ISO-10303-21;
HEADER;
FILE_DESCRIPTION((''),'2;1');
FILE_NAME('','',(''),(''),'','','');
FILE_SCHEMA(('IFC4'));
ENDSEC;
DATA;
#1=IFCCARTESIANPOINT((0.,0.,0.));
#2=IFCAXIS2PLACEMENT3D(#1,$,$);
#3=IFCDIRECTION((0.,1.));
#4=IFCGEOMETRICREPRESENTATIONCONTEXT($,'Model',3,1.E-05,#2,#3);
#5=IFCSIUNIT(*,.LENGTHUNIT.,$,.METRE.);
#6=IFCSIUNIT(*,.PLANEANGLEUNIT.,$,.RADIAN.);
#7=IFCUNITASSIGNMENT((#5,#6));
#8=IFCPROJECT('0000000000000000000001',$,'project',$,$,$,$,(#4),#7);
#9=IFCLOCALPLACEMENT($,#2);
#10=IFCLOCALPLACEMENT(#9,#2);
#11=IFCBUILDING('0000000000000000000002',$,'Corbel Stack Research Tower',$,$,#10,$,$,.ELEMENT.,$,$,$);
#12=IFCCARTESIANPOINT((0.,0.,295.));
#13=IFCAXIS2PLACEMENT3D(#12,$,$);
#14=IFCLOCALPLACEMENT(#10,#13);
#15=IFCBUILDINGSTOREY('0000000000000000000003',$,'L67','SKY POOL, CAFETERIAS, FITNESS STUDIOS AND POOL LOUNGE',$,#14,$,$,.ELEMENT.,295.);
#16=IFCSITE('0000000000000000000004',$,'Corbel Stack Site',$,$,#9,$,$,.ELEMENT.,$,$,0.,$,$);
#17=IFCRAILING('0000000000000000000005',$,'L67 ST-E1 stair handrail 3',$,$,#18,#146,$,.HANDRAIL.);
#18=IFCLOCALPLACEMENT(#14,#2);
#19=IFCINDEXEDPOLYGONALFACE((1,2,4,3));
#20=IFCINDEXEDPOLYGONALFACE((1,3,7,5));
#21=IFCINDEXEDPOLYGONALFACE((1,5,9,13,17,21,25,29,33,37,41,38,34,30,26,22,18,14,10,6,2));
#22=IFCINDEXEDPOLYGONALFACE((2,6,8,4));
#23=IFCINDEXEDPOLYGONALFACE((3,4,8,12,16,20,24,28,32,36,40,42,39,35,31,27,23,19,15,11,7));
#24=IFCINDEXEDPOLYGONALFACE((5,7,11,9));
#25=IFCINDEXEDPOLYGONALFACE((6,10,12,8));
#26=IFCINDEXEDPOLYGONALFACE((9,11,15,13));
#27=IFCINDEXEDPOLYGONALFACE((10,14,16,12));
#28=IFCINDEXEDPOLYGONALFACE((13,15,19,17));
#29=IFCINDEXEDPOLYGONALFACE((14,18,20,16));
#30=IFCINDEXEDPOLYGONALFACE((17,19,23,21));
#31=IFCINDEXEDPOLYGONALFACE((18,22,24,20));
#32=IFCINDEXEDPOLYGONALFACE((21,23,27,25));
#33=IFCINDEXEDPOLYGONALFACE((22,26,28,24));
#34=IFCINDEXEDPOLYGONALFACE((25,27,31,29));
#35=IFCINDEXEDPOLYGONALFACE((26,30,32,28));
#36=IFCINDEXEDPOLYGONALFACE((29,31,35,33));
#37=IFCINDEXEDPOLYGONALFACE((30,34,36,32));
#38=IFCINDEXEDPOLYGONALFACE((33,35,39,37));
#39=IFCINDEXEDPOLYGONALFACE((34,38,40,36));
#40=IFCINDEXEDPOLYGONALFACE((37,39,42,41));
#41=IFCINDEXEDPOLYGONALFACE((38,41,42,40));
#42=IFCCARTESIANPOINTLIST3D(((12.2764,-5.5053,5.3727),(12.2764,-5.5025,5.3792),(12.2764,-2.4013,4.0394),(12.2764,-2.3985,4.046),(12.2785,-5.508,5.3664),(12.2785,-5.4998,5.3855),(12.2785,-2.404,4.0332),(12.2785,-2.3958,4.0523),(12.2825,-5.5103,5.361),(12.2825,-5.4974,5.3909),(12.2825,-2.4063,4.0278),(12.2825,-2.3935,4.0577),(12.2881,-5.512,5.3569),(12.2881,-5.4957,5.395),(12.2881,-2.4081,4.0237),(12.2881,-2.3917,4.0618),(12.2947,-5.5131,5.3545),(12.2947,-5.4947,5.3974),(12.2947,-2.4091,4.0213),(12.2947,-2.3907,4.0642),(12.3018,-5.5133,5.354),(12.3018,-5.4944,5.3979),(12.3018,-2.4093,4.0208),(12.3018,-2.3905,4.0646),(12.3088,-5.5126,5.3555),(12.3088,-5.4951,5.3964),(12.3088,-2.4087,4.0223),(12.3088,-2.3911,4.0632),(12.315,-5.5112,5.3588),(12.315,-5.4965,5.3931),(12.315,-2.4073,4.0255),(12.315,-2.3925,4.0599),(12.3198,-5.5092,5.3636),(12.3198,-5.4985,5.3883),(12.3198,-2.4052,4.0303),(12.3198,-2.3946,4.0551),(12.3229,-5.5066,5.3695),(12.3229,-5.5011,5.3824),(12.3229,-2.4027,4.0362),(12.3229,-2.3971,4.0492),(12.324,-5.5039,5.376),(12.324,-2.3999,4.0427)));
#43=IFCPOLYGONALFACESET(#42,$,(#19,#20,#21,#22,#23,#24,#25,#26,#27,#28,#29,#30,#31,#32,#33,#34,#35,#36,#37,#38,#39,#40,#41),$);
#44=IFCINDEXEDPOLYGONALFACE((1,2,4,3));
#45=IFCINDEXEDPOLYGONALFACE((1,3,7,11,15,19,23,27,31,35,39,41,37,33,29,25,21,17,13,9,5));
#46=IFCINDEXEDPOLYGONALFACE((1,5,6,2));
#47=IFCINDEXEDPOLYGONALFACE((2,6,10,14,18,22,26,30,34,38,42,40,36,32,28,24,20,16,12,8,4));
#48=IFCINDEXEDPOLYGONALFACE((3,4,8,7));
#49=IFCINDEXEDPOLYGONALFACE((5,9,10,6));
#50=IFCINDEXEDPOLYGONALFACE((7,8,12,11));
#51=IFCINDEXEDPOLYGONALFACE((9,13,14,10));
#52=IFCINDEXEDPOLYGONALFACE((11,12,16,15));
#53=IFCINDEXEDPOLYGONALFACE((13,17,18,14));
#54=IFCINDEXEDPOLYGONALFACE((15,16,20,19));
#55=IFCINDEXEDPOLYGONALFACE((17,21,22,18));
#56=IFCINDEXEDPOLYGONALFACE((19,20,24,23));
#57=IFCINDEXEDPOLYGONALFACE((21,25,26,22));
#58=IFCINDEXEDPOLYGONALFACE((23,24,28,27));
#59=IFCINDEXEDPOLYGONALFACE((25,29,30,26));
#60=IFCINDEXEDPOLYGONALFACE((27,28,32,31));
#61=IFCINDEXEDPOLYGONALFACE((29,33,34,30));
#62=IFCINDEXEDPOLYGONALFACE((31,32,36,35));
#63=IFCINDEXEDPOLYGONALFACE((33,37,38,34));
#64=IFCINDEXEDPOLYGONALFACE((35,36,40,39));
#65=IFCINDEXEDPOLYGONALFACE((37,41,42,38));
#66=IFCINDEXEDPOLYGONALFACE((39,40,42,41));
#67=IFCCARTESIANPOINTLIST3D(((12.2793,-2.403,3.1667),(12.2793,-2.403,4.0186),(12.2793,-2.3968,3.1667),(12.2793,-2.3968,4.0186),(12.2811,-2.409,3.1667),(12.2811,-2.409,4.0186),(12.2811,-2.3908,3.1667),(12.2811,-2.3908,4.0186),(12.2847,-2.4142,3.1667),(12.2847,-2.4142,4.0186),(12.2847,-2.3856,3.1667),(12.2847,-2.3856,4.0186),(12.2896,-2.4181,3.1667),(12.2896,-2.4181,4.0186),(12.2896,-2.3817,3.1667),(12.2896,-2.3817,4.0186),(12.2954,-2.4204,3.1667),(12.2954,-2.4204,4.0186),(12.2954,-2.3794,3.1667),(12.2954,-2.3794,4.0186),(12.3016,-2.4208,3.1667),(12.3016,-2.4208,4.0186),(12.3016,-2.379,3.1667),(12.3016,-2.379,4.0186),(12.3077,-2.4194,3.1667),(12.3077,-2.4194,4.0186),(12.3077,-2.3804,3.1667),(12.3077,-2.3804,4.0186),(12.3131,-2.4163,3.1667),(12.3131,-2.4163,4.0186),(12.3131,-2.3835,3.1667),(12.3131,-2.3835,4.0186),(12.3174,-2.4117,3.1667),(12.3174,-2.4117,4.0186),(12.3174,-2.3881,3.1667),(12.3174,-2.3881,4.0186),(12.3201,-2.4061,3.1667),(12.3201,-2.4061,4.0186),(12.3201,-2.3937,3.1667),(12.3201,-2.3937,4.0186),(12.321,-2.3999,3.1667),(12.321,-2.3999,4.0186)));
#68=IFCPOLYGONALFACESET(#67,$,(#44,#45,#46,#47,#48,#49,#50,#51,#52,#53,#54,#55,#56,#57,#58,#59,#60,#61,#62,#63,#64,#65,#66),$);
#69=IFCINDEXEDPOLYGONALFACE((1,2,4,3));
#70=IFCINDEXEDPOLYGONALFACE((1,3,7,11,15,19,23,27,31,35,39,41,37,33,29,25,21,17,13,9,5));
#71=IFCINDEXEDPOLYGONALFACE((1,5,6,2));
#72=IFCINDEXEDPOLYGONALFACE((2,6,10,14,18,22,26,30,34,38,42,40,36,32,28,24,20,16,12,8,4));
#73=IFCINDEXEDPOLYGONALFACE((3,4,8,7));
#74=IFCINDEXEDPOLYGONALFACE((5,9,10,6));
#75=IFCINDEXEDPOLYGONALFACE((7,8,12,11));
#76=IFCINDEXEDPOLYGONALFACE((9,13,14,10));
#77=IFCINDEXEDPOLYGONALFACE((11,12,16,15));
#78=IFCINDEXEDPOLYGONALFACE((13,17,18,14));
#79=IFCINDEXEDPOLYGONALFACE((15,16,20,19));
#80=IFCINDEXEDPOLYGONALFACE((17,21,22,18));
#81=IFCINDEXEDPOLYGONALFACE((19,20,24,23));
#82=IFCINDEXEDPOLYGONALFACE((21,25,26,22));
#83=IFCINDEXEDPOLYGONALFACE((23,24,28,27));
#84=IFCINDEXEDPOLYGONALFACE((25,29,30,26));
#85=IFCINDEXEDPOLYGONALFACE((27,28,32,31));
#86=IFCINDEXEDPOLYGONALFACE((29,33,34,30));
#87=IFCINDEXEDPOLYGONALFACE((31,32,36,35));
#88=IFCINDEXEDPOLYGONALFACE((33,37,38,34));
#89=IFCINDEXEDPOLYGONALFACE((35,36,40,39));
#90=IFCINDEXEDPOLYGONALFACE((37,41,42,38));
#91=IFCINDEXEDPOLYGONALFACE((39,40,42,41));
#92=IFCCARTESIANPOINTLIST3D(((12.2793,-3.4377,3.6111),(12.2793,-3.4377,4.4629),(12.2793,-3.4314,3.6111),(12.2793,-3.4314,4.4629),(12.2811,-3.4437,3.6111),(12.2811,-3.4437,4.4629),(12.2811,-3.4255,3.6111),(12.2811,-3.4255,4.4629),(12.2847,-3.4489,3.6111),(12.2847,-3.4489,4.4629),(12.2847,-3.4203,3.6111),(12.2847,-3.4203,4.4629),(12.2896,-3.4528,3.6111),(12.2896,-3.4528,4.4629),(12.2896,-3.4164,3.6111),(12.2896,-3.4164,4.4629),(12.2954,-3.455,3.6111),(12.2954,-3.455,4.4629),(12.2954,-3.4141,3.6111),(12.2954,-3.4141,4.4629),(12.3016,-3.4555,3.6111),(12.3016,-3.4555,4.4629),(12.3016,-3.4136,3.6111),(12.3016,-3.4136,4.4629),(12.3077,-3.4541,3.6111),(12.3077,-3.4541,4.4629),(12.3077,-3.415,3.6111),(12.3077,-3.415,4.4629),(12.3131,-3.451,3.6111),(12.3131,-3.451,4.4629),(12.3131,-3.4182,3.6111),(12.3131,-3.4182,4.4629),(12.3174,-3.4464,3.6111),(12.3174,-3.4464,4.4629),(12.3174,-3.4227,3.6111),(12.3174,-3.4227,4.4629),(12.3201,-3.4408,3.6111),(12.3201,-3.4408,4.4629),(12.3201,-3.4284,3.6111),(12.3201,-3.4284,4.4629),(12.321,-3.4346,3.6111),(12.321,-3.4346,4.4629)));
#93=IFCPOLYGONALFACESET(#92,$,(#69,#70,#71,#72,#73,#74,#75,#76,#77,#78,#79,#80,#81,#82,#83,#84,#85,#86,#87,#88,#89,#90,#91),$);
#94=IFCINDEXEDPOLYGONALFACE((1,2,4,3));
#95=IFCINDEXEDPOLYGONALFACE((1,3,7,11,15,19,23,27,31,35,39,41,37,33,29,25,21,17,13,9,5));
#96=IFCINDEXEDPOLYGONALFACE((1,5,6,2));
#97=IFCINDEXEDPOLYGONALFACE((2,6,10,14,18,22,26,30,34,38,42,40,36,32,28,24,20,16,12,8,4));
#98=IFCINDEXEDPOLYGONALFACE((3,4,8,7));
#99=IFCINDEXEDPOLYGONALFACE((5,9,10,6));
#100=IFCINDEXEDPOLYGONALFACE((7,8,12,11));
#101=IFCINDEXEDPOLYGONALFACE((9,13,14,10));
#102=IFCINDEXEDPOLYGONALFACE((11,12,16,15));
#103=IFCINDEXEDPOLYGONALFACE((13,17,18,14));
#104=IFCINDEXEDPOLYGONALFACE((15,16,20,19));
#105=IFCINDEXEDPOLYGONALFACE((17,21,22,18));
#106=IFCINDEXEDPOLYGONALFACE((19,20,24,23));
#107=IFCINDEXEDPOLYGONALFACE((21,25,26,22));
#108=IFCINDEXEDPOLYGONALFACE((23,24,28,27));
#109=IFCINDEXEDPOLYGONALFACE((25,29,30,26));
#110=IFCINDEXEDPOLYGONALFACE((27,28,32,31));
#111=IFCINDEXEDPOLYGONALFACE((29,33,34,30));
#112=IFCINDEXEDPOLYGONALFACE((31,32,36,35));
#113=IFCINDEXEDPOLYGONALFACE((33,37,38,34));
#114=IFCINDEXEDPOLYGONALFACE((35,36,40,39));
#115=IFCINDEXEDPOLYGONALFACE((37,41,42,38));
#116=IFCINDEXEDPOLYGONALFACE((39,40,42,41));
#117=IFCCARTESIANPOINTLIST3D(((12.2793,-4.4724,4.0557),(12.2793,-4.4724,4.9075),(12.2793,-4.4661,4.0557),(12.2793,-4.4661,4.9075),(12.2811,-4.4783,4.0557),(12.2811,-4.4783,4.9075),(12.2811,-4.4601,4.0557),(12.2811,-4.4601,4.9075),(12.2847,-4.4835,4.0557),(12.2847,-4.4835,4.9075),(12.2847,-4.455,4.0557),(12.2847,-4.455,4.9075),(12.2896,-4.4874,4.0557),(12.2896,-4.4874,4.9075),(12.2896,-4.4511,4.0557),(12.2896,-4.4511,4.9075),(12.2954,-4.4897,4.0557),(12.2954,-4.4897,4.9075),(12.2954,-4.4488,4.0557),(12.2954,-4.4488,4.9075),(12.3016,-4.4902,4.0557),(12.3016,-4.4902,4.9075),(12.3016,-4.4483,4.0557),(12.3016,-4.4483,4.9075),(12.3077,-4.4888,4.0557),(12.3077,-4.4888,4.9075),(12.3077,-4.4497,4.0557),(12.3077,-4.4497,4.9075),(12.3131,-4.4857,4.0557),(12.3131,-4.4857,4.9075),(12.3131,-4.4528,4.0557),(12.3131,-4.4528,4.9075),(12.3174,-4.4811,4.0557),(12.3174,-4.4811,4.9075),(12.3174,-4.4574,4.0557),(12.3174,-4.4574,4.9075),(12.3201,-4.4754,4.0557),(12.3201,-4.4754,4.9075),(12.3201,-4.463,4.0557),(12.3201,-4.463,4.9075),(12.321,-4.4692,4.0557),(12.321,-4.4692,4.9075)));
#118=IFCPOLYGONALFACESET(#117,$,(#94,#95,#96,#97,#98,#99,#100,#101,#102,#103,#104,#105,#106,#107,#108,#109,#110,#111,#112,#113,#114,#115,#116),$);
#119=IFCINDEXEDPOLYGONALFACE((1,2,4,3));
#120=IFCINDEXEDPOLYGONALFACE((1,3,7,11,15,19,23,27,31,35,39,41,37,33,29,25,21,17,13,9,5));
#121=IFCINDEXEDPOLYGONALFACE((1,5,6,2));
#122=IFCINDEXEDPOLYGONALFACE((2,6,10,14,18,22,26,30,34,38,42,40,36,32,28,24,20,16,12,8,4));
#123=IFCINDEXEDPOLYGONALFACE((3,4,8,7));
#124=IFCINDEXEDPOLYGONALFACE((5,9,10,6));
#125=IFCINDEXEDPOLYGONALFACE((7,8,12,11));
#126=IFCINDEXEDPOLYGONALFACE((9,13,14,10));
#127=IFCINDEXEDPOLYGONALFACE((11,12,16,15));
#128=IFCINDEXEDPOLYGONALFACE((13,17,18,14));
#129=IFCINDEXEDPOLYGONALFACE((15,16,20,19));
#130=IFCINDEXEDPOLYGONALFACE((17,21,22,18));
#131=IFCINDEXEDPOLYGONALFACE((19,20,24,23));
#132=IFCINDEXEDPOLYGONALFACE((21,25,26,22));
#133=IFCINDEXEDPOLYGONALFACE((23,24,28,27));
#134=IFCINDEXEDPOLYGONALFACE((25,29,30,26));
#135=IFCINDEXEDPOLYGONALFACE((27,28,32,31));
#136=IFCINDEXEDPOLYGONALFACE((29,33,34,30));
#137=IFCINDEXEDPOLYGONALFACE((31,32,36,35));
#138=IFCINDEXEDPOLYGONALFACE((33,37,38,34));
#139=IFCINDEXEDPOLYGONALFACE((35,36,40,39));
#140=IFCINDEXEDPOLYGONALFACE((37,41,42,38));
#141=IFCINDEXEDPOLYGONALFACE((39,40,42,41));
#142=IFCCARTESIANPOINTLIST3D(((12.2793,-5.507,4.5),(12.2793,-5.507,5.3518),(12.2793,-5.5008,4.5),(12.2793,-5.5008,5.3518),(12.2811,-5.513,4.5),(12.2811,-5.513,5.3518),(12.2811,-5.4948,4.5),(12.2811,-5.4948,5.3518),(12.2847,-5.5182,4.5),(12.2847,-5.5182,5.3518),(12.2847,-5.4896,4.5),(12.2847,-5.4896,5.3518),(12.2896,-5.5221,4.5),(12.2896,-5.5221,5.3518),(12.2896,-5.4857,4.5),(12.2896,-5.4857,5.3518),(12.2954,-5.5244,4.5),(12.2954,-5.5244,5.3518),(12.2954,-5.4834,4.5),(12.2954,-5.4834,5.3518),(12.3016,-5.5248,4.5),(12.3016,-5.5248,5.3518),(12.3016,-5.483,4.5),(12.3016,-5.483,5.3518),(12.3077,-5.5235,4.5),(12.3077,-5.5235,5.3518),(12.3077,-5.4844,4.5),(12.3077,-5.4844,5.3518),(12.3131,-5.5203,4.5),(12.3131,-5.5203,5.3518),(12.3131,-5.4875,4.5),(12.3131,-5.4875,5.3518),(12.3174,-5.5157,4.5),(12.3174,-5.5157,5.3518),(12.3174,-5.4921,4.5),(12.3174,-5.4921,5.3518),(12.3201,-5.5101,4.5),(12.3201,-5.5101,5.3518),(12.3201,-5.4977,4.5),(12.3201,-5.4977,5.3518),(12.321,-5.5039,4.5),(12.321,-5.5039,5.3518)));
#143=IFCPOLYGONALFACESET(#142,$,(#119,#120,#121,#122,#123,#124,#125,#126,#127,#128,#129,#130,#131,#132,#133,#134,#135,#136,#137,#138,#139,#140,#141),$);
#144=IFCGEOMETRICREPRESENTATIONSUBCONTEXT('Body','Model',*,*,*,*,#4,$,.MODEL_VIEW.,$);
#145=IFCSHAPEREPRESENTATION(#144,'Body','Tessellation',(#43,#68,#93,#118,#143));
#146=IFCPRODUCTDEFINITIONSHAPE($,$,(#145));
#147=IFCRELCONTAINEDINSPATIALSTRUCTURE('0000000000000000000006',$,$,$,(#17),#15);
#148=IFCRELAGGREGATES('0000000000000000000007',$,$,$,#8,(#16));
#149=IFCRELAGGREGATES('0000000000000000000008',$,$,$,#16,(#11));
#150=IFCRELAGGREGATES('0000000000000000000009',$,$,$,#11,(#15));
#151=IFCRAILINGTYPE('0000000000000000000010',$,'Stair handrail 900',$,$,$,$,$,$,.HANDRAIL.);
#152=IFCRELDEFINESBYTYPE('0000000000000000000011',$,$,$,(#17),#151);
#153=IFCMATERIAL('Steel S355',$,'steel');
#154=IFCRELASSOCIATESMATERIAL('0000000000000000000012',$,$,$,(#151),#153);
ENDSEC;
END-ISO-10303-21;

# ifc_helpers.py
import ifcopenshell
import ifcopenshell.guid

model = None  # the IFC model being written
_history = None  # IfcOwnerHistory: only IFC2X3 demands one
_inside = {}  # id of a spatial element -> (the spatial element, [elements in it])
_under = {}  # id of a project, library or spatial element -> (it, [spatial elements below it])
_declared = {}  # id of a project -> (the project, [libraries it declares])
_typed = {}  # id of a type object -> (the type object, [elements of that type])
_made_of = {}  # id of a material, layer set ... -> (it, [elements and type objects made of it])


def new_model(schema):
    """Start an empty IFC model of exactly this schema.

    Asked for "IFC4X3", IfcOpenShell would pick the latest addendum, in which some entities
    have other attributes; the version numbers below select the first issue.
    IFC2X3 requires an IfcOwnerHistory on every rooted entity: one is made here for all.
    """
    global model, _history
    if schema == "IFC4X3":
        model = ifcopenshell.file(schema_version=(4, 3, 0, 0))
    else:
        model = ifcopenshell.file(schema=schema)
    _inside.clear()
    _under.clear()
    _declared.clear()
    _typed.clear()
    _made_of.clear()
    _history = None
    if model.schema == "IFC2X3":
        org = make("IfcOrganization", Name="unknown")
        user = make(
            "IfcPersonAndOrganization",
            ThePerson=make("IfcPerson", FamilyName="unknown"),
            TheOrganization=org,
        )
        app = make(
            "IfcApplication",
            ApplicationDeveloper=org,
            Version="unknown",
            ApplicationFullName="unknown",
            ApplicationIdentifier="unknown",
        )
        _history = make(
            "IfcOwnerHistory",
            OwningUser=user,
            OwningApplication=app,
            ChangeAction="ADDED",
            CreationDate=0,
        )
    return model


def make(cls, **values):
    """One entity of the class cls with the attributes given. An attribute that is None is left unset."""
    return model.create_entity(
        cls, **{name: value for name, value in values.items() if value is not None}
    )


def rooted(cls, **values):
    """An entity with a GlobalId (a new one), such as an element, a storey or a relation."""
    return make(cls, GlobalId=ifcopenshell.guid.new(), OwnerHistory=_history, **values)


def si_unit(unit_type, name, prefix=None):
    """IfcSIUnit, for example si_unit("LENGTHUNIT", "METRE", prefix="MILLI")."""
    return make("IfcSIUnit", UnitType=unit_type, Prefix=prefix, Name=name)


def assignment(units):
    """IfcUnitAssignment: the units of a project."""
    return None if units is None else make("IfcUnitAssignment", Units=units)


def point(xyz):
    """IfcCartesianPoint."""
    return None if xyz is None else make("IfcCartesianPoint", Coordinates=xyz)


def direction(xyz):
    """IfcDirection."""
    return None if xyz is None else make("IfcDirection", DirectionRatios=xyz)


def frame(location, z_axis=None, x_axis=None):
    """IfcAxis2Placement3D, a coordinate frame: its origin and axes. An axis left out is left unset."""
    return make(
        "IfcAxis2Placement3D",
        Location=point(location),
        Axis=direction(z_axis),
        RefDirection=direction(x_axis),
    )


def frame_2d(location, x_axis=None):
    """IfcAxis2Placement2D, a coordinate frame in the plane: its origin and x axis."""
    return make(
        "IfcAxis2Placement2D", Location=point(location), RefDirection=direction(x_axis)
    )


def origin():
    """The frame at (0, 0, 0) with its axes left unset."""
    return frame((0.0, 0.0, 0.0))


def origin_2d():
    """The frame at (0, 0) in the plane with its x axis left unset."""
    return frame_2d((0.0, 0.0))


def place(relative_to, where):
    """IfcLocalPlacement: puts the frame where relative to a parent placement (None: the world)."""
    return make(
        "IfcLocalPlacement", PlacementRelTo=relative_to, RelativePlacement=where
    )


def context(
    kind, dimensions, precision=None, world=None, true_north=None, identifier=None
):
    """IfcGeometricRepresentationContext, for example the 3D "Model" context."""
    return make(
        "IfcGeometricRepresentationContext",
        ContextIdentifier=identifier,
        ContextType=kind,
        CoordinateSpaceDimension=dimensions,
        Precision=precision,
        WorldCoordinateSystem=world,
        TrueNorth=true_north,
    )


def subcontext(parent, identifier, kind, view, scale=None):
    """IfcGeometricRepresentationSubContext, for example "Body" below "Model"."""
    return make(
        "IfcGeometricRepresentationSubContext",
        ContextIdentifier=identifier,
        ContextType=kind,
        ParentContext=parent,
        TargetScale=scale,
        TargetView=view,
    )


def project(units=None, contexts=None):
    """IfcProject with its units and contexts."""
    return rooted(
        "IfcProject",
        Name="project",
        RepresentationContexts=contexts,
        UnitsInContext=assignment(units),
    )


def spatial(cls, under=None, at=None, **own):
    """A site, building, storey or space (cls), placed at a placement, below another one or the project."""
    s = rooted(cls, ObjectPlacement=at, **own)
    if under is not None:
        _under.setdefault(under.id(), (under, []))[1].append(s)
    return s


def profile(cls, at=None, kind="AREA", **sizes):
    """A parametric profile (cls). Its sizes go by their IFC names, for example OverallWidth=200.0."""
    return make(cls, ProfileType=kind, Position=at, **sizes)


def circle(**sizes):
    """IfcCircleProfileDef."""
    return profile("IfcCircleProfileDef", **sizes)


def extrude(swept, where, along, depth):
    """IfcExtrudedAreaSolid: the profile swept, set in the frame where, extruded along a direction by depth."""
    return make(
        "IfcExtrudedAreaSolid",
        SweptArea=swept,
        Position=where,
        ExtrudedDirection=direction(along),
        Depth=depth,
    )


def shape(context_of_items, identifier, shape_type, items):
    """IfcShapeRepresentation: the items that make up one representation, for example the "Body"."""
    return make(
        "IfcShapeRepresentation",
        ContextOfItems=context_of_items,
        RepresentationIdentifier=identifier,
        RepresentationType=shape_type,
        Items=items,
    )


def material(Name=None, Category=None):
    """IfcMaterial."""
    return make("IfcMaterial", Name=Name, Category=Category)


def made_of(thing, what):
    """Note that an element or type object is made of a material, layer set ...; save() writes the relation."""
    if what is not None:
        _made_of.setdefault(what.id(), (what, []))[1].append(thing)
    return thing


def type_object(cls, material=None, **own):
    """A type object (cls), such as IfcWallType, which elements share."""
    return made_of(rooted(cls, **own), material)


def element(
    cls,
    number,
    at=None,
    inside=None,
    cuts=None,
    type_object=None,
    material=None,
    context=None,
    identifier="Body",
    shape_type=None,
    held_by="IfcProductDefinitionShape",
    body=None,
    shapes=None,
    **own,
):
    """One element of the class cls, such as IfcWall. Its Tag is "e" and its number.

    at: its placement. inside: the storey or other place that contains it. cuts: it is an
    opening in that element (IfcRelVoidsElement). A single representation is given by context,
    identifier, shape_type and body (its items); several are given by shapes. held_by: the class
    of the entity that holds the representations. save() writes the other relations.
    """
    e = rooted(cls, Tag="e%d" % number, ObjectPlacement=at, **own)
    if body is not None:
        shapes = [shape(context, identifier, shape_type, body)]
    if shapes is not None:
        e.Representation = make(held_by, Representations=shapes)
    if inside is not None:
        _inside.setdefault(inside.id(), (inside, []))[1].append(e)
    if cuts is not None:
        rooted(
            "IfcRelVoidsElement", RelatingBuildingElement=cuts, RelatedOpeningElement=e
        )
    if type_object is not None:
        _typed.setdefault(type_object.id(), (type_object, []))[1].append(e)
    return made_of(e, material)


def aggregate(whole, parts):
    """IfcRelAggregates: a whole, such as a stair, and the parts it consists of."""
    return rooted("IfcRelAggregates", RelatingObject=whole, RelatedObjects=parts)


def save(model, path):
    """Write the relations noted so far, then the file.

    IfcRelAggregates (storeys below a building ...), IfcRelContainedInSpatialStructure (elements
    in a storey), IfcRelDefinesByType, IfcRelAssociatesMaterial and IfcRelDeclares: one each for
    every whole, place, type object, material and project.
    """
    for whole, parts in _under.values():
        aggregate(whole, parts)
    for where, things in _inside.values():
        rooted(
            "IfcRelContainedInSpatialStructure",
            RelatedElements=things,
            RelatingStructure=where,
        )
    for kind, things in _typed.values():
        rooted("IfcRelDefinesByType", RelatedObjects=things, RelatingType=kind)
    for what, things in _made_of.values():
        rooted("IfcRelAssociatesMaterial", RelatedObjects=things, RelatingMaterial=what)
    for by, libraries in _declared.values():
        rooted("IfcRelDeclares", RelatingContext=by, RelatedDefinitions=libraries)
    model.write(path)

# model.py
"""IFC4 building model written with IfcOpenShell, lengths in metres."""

from ifc_helpers import new_model, si_unit, direction, frame, origin, origin_2d, place, context, subcontext, project, spatial, circle, extrude, material, type_object, element, save


model = new_model("IFC4")

# Units and contexts
model_context = context("Model", 3, precision=1e-05, world=origin(), true_north=direction((0.0, 1.0)))
body_context = subcontext(model_context, "Body", "Model", "MODEL_VIEW")
ifc_project = project(units=[si_unit("LENGTHUNIT", "METRE"), si_unit("PLANEANGLEUNIT", "RADIAN")], contexts=[model_context])

# Site, building, storey
site_placement = place(None, origin())
site = spatial("IfcSite", under=ifc_project, at=site_placement, Name="Corbel Stack Site", CompositionType="ELEMENT", RefElevation=0.0)
building_placement = place(site_placement, origin())
building = spatial("IfcBuilding", under=site, at=building_placement, Name="Corbel Stack Research Tower", CompositionType="ELEMENT")
storey_placement = place(building_placement, frame((0.0, 0.0, 295.0)))
storey = spatial("IfcBuildingStorey", under=building, at=storey_placement, Name="L67", Description="SKY POOL, CAFETERIAS, FITNESS STUDIOS AND POOL LOUNGE", CompositionType="ELEMENT", Elevation=295.0)

# Railing
ifc_material_1 = material(Name="Steel S355", Category="steel")
railing_type_1 = type_object("IfcRailingType", Name="Stair handrail 900", PredefinedType="HANDRAIL", material=ifc_material_1)
for number, where, name in (
    (1, (12.3, -2.3999, 3.1667), "L67 ST-E1 stair handrail 3"),
):
    element("IfcRailing", number, at=place(storey_placement, frame(where)), inside=storey, type_object=railing_type_1, Name=name, PredefinedType="HANDRAIL", context=body_context, shape_type="SweptSolid", body=[
        extrude(circle(Radius=0.0239, at=origin_2d()), frame((0.0, 0.0, 0.876), z_axis=(0.0, -0.918827, 0.394661), x_axis=(1.0, 0.0, 0.0)), (0.0, 0.0, 1.0), 3.3782),
        extrude(circle(Radius=0.021, at=origin_2d()), origin(), (0.0, 0.0, 1.0), 0.8518),
        extrude(circle(Radius=0.021, at=origin_2d()), frame((0.0, -1.0347, 0.4443)), (0.0, 0.0, 1.0), 0.8518),
        extrude(circle(Radius=0.021, at=origin_2d()), frame((0.0, -2.0693, 0.8889)), (0.0, 0.0, 1.0), 0.8518),
        extrude(circle(Radius=0.021, at=origin_2d()), frame((0.0, -3.104, 1.3333)), (0.0, 0.0, 1.0), 0.8518),
    ])

save(model, "model.ifc")
